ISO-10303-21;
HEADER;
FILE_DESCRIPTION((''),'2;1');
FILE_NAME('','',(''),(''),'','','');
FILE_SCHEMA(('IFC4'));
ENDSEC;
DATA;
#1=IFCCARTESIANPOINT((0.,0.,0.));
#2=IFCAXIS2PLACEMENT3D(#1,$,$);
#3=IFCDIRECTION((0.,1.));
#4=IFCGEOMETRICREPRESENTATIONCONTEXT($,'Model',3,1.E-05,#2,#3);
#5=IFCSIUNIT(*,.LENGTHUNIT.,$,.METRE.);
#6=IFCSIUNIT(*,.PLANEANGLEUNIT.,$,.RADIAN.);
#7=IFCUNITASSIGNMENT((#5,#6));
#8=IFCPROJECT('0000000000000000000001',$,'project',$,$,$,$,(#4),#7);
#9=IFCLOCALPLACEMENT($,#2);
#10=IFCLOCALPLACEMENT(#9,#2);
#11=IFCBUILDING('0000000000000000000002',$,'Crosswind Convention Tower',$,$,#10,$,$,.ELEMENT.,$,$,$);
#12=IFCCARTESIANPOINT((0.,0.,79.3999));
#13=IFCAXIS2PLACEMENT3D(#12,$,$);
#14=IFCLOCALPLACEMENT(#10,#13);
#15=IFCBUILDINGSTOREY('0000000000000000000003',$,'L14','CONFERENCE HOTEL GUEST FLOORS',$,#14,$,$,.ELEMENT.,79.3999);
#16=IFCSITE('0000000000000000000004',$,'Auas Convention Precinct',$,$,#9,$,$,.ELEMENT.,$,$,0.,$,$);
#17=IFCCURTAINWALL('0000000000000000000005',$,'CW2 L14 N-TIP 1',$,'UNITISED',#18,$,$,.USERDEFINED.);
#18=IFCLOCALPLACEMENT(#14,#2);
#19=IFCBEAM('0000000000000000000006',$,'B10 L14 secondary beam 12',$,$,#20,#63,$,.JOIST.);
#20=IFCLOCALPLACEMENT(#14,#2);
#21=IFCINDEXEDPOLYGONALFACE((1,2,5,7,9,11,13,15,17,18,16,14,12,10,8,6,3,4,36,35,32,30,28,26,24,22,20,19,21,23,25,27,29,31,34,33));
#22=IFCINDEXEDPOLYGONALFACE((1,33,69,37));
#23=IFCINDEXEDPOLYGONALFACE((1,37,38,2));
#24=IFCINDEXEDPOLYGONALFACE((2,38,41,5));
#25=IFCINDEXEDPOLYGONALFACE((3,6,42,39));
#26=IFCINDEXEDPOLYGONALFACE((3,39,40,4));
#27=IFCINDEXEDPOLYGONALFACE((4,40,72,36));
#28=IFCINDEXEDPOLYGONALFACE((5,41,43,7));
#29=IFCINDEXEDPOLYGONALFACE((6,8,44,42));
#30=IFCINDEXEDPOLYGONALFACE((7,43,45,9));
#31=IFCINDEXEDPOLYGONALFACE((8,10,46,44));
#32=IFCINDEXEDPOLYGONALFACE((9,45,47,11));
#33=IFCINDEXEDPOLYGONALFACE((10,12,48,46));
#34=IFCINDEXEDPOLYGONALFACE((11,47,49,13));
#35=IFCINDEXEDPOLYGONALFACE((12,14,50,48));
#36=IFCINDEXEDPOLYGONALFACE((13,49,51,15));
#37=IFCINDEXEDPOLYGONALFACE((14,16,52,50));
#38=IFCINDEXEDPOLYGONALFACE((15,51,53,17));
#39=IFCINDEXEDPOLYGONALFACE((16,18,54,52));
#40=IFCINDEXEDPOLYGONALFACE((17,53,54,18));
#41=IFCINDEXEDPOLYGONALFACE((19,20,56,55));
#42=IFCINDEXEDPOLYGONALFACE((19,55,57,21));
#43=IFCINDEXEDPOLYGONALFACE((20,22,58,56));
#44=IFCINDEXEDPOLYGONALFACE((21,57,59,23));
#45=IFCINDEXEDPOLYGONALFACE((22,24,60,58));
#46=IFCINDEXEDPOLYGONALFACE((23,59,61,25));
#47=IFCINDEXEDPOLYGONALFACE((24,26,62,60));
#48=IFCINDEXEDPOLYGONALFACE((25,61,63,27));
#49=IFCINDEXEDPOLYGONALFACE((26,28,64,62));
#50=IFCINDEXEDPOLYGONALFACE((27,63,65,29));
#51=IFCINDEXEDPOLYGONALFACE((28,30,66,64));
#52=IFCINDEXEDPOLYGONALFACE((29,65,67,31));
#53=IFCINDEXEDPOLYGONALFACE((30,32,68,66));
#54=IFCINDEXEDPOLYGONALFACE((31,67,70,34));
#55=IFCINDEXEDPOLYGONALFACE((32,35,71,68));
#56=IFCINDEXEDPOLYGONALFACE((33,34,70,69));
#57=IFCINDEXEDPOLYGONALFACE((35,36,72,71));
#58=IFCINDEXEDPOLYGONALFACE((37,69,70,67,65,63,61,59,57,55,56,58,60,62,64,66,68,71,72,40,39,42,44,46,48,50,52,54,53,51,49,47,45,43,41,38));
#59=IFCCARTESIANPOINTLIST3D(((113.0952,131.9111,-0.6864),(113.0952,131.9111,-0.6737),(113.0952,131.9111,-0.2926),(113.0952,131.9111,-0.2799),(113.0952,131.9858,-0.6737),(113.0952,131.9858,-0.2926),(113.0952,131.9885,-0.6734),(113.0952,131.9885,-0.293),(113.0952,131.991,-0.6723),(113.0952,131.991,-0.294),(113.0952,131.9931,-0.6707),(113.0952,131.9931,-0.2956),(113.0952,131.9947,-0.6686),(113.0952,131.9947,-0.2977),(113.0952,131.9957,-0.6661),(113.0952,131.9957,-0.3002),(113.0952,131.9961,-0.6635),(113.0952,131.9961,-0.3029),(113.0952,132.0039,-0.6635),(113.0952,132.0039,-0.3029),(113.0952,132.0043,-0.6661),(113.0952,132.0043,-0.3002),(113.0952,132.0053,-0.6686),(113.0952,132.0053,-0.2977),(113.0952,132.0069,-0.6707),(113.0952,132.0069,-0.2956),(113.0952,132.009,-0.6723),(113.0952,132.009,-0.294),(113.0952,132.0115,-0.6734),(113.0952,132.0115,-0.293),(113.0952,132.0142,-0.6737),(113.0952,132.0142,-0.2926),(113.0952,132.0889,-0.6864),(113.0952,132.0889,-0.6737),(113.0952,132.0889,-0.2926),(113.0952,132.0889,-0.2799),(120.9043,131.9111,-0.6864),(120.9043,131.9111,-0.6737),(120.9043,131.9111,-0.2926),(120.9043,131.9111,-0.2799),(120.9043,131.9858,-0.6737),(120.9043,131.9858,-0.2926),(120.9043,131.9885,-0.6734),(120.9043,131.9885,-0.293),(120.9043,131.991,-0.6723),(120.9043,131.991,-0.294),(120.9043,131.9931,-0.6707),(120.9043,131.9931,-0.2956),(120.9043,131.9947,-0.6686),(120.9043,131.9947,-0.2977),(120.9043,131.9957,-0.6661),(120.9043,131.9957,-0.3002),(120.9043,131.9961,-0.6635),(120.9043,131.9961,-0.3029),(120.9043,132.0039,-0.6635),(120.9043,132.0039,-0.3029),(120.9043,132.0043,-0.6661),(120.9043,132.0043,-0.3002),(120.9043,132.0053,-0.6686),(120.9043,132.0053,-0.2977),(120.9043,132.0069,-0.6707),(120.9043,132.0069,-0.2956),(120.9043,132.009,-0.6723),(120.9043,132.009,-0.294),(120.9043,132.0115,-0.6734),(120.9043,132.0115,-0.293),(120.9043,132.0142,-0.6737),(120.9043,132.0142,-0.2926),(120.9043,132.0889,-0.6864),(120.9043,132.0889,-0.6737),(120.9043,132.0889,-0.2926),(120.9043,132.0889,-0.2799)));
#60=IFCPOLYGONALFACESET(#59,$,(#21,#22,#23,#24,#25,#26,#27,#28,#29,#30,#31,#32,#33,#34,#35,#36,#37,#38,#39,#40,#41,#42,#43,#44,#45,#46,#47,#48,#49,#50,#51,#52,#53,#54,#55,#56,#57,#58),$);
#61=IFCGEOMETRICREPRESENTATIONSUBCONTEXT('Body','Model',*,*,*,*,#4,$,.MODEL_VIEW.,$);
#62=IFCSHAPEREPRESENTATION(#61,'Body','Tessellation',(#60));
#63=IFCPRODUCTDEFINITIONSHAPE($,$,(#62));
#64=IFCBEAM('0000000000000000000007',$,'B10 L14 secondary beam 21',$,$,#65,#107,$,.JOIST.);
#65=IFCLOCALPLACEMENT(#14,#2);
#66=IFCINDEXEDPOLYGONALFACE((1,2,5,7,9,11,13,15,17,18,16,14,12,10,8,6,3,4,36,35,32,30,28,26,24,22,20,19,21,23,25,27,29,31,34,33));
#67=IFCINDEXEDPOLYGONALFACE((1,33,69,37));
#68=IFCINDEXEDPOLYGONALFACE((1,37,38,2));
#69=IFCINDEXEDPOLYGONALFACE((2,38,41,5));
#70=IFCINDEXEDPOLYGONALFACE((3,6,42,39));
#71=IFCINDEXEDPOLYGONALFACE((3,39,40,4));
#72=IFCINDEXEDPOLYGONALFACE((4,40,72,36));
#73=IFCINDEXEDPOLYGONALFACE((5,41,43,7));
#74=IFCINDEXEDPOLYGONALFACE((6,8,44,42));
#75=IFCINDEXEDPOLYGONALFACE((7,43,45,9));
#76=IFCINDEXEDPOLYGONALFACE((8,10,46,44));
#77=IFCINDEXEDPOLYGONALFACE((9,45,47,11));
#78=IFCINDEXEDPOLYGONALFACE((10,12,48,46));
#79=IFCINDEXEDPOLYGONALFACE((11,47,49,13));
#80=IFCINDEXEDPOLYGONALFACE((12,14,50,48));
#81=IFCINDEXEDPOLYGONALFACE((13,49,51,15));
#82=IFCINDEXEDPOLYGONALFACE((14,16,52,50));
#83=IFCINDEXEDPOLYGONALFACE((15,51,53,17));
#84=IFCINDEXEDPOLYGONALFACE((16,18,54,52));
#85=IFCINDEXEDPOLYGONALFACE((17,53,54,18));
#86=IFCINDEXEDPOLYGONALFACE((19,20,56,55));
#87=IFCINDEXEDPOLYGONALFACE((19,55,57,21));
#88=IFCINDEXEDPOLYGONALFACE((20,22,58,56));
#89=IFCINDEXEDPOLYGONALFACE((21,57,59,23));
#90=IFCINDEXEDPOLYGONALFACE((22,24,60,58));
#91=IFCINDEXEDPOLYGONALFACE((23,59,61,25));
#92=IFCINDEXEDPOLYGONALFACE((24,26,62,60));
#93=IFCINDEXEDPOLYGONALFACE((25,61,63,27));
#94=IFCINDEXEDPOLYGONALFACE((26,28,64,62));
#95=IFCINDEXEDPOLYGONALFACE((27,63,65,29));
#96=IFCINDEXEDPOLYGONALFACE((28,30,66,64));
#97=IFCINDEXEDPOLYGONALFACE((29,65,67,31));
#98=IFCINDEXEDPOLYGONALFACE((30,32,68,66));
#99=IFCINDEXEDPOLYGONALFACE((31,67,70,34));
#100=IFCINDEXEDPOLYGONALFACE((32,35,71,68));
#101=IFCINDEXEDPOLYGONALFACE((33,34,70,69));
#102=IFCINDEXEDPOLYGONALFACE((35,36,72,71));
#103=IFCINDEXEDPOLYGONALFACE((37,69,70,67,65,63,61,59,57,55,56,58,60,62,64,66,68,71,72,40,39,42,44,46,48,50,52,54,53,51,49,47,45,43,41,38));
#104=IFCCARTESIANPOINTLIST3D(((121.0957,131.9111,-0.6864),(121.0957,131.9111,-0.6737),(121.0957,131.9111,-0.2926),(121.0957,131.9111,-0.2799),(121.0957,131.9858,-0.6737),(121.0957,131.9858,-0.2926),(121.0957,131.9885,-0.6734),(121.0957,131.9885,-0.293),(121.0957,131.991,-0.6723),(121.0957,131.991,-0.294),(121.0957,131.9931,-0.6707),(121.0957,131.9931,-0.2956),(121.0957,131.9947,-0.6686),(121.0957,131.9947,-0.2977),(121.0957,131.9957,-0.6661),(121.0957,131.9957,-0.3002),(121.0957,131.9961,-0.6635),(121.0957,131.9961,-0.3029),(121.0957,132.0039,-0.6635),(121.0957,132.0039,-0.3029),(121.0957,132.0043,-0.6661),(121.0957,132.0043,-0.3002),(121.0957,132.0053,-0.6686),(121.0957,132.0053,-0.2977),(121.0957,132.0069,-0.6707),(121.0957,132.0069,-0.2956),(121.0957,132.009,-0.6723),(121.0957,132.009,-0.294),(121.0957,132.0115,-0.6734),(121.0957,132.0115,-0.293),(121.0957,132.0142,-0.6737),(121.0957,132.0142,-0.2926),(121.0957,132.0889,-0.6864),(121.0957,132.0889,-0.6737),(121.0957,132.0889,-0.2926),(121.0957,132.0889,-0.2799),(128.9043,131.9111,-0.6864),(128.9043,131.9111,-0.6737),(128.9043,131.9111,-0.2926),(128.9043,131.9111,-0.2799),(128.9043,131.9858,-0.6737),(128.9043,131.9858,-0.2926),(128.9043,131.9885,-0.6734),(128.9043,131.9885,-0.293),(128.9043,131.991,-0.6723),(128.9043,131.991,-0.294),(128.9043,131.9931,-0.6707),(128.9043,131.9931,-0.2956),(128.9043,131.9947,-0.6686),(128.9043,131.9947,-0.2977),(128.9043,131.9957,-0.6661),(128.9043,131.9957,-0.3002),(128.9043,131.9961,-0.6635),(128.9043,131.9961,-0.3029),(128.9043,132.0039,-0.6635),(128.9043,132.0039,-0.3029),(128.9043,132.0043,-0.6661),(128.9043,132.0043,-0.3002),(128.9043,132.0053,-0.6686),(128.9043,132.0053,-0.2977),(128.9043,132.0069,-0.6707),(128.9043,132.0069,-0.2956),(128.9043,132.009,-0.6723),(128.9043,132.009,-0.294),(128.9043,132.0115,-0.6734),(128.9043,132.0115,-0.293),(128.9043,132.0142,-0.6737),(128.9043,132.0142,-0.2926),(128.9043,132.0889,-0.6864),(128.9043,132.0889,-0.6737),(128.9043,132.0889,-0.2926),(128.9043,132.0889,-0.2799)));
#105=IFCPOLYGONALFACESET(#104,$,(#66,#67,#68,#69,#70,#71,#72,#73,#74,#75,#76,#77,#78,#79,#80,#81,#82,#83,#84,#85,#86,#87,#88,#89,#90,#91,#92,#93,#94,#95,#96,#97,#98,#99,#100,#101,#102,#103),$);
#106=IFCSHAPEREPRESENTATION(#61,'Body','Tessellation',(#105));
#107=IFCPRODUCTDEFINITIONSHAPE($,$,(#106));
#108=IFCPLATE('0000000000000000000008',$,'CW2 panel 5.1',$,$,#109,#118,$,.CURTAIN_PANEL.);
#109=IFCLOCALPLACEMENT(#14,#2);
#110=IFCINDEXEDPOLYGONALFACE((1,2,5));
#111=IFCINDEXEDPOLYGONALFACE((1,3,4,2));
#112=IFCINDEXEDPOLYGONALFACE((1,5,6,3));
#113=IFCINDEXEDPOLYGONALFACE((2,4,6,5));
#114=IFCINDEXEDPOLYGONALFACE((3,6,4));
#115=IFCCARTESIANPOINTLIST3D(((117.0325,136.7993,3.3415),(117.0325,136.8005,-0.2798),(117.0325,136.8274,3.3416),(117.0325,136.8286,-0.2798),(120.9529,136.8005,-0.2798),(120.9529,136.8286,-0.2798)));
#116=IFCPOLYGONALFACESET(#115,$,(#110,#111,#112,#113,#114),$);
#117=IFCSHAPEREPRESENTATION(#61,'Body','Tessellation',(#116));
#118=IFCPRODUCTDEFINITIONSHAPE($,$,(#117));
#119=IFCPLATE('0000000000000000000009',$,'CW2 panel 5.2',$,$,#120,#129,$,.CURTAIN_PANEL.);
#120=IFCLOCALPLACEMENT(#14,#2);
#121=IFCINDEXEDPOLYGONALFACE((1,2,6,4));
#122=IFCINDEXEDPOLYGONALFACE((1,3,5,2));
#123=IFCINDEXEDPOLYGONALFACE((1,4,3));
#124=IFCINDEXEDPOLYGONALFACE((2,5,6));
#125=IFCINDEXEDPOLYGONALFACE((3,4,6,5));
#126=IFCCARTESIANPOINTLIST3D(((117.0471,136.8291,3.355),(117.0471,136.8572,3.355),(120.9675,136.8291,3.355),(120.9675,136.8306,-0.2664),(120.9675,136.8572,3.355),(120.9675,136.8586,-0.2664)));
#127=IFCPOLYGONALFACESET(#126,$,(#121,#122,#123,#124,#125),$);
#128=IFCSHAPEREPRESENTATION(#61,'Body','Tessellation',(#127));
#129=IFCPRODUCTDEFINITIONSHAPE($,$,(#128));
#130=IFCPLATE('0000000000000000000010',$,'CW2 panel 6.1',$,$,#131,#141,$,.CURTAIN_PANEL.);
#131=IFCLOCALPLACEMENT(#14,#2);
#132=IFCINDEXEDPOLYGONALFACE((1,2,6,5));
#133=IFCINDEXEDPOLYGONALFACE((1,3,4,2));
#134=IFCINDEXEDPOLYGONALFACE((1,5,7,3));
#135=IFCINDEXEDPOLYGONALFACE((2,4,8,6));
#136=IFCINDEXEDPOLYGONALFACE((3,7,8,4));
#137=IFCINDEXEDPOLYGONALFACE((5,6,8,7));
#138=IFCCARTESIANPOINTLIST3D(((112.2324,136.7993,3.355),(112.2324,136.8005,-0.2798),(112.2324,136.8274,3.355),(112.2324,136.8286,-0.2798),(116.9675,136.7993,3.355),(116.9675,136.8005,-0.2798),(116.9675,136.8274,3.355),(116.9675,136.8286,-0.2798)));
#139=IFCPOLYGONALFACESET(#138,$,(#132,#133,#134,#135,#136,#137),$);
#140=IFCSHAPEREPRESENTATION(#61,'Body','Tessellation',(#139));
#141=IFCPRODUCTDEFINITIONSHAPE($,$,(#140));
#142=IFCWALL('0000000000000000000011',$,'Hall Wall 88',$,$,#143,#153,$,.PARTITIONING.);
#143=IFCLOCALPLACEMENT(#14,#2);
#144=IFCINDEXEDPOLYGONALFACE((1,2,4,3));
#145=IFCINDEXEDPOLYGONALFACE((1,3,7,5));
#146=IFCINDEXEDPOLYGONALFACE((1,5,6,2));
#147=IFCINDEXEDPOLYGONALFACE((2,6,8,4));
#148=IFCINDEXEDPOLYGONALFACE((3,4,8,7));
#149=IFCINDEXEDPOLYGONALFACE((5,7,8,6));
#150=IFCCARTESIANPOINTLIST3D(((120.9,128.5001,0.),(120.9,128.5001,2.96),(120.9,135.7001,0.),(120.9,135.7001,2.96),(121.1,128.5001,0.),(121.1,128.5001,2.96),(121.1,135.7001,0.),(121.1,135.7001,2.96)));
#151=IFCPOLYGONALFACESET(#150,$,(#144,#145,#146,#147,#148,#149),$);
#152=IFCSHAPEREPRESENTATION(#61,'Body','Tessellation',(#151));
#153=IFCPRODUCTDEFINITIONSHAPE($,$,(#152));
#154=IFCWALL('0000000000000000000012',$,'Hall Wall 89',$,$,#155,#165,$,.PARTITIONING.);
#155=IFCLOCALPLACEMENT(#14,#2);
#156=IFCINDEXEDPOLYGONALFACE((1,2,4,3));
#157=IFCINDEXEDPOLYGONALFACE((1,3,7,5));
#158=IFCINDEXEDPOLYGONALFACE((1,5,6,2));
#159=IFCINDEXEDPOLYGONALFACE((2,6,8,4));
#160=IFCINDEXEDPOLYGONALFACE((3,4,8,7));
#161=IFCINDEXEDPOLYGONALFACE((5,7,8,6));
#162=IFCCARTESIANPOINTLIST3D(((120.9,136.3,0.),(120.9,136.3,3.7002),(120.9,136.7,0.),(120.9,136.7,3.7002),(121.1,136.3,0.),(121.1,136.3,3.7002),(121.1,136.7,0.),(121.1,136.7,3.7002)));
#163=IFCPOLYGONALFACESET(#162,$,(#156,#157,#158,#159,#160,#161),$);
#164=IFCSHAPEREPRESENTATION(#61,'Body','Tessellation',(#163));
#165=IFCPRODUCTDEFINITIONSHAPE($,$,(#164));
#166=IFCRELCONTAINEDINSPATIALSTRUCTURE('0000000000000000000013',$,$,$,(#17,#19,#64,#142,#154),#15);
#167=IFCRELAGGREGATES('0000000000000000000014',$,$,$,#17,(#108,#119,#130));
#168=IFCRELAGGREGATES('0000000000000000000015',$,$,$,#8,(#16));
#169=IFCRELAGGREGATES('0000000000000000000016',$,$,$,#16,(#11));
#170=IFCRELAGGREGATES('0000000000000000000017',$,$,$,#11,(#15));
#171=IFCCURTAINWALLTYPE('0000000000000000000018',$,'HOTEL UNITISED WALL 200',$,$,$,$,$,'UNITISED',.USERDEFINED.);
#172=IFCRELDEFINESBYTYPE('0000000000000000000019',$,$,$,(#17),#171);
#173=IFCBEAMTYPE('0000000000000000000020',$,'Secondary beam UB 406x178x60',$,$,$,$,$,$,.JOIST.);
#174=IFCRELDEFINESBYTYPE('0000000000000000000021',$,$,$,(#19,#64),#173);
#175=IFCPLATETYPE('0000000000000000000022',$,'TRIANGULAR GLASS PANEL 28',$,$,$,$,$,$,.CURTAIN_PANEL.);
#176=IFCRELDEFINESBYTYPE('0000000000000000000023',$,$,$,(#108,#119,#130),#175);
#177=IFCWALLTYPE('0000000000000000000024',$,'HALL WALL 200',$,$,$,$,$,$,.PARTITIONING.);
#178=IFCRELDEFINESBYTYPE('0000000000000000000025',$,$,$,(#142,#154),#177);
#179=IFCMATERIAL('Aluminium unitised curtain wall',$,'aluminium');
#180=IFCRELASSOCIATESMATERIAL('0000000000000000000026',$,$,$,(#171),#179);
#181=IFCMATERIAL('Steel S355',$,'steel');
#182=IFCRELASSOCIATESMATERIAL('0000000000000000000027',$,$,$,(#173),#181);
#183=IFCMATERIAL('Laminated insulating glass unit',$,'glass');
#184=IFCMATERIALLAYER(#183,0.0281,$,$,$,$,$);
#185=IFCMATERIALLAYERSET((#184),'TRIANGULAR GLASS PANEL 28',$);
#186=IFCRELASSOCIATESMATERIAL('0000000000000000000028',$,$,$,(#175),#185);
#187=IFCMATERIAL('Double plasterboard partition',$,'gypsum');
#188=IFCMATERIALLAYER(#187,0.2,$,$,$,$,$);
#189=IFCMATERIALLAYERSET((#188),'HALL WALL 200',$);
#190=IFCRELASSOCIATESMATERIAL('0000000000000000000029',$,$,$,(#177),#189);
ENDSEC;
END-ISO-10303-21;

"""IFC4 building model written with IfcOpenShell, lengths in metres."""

from ifc_helpers import new_model, si_unit, direction, frame, frame_2d, origin, origin_2d, place, context, subcontext, project, spatial, polyline, rectangle, i_section, outline, extrude, material, layer, layer_set, material_profile, profile_set, type_object, element, aggregate, save


model = new_model("IFC4")

# Units and contexts
model_context = context("Model", 3, precision=1e-05, world=origin(), true_north=direction((0.0, 1.0)))
body_context = subcontext(model_context, "Body", "Model", "MODEL_VIEW")
ifc_project = project(units=[si_unit("LENGTHUNIT", "METRE"), si_unit("PLANEANGLEUNIT", "RADIAN")], contexts=[model_context])

# Site, building, storey
site_placement = place(None, origin())
site = spatial("IfcSite", under=ifc_project, at=site_placement, Name="Auas Convention Precinct", CompositionType="ELEMENT", RefElevation=0.0)
building_placement = place(site_placement, origin())
building = spatial("IfcBuilding", under=site, at=building_placement, Name="Crosswind Convention Tower", CompositionType="ELEMENT")
storey_placement = place(building_placement, frame((0.0, 0.0, 79.3999)))
storey = spatial("IfcBuildingStorey", under=building, at=storey_placement, Name="L14", Description="CONFERENCE HOTEL GUEST FLOORS", CompositionType="ELEMENT", Elevation=79.3999)

# Shared definitions
ifc_material_1 = material(Name="Steel S355", Category="steel")

# Curtain wall
ifc_material_2 = material(Name="Aluminium unitised curtain wall", Category="aluminium")
curtain_wall_type = type_object("IfcCurtainWallType", Name="HOTEL UNITISED WALL 200", ElementType="UNITISED", PredefinedType="USERDEFINED", material=ifc_material_2)
curtain_wall_placement = place(storey_placement, origin())
curtain_wall = element("IfcCurtainWall", 1, at=curtain_wall_placement, inside=storey, type_object=curtain_wall_type, Name="CW2 L14 N-TIP 1", ObjectType="UNITISED", PredefinedType="USERDEFINED")

# Beams
ifc_material_profile_1 = material_profile(ifc_material_1, i_section(OverallWidth=0.1777, OverallDepth=0.4065, WebThickness=0.0078, FlangeThickness=0.0127, FilletRadius=0.0103, at=origin_2d()), Name="UB 406x178x60")
ifc_profile_set_1 = profile_set([ifc_material_profile_1], Name="Steel S355")
beam_type_1 = type_object("IfcBeamType", Name="Secondary beam UB 406x178x60", PredefinedType="JOIST", material=ifc_profile_set_1)
beam_1_placement = place(storey_placement, frame((113.0952, 132.0, -0.4832), z_axis=(1.0, 0.0, 0.0), x_axis=(0.0, 1.0, 0.0)))
element("IfcBeam", 2, at=beam_1_placement, inside=storey, type_object=beam_type_1, Name="B10 L14 secondary beam 12", PredefinedType="JOIST", context=body_context, shape_type="SweptSolid", body=[
    extrude(i_section(OverallWidth=0.1777, OverallDepth=0.4065, WebThickness=0.0078, FlangeThickness=0.0127, FilletRadius=0.0103, at=origin_2d()), origin(), (0.0, 0.0, 1.0), 7.8091),
])
beam_2_placement = place(storey_placement, frame((121.0957, 132.0, -0.4832), z_axis=(1.0, 0.0, 0.0), x_axis=(0.0, 1.0, 0.0)))
element("IfcBeam", 3, at=beam_2_placement, inside=storey, type_object=beam_type_1, Name="B10 L14 secondary beam 21", PredefinedType="JOIST", context=body_context, shape_type="SweptSolid", body=[
    extrude(i_section(OverallWidth=0.1777, OverallDepth=0.4065, WebThickness=0.0078, FlangeThickness=0.0127, FilletRadius=0.0103, at=origin_2d()), origin(), (0.0, 0.0, 1.0), 7.8086),
])

# Plates
ifc_material_3 = material(Name="Laminated insulating glass unit", Category="glass")
ifc_layer_1 = layer(ifc_material_3, 0.0281)
ifc_layer_set_1 = layer_set([ifc_layer_1], Name="TRIANGULAR GLASS PANEL 28")
plate_type = type_object("IfcPlateType", Name="TRIANGULAR GLASS PANEL 28", PredefinedType="CURTAIN_PANEL", material=ifc_layer_set_1)
plate_1_placement = place(storey_placement, frame((117.0325, 136.8286, -0.2798), z_axis=(0.0, 1.0, 0.000337), x_axis=(0.0, -0.000337, 1.0)))
plate_1 = element("IfcPlate", 4, at=plate_1_placement, type_object=plate_type, Name="CW2 panel 5.1", PredefinedType="CURTAIN_PANEL", context=body_context, shape_type="SweptSolid", body=[
    extrude(outline(polyline([(0.0, 0.0), (3.6213, 0.0), (0.0, 3.9204), (0.0, 0.0)])), origin(), (0.0, 0.0, -1.0), 0.0281),
])
plate_2_placement = place(storey_placement, frame((120.9675, 136.8572, 3.355), z_axis=(0.0, 1.0, 0.000405), x_axis=(0.0, 0.000405, -1.0)))
plate_2 = element("IfcPlate", 5, at=plate_2_placement, type_object=plate_type, Name="CW2 panel 5.2", PredefinedType="CURTAIN_PANEL", context=body_context, shape_type="SweptSolid", body=[
    extrude(outline(polyline([(0.0, 0.0), (3.6213, 0.0), (0.0, 3.9204), (0.0, 0.0)])), origin(), (0.0, 0.0, -1.0), 0.0281),
])
plate_3_placement = place(storey_placement, frame((116.9675, 136.8286, -0.2798), z_axis=(0.0, 1.0, 0.000336), x_axis=(-1.0, 0.0, 0.0)))
plate_3 = element("IfcPlate", 6, at=plate_3_placement, type_object=plate_type, Name="CW2 panel 6.1", PredefinedType="CURTAIN_PANEL", context=body_context, shape_type="SweptSolid", body=[
    extrude(outline(polyline([(0.0, 0.0), (4.7351, 0.0), (4.7351, 3.6348), (0.0, 3.6348), (0.0, 0.0)])), origin(), (0.0, 0.0, -1.0), 0.0281),
])
aggregate(curtain_wall, [plate_1, plate_2, plate_3])

# Walls
ifc_material_4 = material(Name="Double plasterboard partition", Category="gypsum")
ifc_layer_2 = layer(ifc_material_4, 0.2)
ifc_layer_set_2 = layer_set([ifc_layer_2], Name="HALL WALL 200")
wall_type_1 = type_object("IfcWallType", Name="HALL WALL 200", PredefinedType="PARTITIONING", material=ifc_layer_set_2)
wall_1_placement = place(storey_placement, frame((121.0, 128.5, 0.0), z_axis=(0.0, 0.0, 1.0), x_axis=(0.0, 1.0, 0.0)))
element("IfcWall", 7, at=wall_1_placement, inside=storey, type_object=wall_type_1, Name="Hall Wall 88", PredefinedType="PARTITIONING", context=body_context, shape_type="SweptSolid", body=[
    extrude(rectangle(XDim=7.2, YDim=0.2, at=frame_2d((3.6001, 0.0))), origin(), (0.0, 0.0, 1.0), 2.96),
])
wall_2_placement = place(storey_placement, frame((121.0, 136.3, 0.0), z_axis=(0.0, 0.0, 1.0), x_axis=(0.0, 1.0, 0.0)))
element("IfcWall", 8, at=wall_2_placement, inside=storey, type_object=wall_type_1, Name="Hall Wall 89", PredefinedType="PARTITIONING", context=body_context, shape_type="SweptSolid", body=[
    extrude(rectangle(XDim=0.3999, YDim=0.2, at=frame_2d((0.2, 0.0))), origin(), (0.0, 0.0, 1.0), 3.7002),
])

save(model, "model.ifc")
